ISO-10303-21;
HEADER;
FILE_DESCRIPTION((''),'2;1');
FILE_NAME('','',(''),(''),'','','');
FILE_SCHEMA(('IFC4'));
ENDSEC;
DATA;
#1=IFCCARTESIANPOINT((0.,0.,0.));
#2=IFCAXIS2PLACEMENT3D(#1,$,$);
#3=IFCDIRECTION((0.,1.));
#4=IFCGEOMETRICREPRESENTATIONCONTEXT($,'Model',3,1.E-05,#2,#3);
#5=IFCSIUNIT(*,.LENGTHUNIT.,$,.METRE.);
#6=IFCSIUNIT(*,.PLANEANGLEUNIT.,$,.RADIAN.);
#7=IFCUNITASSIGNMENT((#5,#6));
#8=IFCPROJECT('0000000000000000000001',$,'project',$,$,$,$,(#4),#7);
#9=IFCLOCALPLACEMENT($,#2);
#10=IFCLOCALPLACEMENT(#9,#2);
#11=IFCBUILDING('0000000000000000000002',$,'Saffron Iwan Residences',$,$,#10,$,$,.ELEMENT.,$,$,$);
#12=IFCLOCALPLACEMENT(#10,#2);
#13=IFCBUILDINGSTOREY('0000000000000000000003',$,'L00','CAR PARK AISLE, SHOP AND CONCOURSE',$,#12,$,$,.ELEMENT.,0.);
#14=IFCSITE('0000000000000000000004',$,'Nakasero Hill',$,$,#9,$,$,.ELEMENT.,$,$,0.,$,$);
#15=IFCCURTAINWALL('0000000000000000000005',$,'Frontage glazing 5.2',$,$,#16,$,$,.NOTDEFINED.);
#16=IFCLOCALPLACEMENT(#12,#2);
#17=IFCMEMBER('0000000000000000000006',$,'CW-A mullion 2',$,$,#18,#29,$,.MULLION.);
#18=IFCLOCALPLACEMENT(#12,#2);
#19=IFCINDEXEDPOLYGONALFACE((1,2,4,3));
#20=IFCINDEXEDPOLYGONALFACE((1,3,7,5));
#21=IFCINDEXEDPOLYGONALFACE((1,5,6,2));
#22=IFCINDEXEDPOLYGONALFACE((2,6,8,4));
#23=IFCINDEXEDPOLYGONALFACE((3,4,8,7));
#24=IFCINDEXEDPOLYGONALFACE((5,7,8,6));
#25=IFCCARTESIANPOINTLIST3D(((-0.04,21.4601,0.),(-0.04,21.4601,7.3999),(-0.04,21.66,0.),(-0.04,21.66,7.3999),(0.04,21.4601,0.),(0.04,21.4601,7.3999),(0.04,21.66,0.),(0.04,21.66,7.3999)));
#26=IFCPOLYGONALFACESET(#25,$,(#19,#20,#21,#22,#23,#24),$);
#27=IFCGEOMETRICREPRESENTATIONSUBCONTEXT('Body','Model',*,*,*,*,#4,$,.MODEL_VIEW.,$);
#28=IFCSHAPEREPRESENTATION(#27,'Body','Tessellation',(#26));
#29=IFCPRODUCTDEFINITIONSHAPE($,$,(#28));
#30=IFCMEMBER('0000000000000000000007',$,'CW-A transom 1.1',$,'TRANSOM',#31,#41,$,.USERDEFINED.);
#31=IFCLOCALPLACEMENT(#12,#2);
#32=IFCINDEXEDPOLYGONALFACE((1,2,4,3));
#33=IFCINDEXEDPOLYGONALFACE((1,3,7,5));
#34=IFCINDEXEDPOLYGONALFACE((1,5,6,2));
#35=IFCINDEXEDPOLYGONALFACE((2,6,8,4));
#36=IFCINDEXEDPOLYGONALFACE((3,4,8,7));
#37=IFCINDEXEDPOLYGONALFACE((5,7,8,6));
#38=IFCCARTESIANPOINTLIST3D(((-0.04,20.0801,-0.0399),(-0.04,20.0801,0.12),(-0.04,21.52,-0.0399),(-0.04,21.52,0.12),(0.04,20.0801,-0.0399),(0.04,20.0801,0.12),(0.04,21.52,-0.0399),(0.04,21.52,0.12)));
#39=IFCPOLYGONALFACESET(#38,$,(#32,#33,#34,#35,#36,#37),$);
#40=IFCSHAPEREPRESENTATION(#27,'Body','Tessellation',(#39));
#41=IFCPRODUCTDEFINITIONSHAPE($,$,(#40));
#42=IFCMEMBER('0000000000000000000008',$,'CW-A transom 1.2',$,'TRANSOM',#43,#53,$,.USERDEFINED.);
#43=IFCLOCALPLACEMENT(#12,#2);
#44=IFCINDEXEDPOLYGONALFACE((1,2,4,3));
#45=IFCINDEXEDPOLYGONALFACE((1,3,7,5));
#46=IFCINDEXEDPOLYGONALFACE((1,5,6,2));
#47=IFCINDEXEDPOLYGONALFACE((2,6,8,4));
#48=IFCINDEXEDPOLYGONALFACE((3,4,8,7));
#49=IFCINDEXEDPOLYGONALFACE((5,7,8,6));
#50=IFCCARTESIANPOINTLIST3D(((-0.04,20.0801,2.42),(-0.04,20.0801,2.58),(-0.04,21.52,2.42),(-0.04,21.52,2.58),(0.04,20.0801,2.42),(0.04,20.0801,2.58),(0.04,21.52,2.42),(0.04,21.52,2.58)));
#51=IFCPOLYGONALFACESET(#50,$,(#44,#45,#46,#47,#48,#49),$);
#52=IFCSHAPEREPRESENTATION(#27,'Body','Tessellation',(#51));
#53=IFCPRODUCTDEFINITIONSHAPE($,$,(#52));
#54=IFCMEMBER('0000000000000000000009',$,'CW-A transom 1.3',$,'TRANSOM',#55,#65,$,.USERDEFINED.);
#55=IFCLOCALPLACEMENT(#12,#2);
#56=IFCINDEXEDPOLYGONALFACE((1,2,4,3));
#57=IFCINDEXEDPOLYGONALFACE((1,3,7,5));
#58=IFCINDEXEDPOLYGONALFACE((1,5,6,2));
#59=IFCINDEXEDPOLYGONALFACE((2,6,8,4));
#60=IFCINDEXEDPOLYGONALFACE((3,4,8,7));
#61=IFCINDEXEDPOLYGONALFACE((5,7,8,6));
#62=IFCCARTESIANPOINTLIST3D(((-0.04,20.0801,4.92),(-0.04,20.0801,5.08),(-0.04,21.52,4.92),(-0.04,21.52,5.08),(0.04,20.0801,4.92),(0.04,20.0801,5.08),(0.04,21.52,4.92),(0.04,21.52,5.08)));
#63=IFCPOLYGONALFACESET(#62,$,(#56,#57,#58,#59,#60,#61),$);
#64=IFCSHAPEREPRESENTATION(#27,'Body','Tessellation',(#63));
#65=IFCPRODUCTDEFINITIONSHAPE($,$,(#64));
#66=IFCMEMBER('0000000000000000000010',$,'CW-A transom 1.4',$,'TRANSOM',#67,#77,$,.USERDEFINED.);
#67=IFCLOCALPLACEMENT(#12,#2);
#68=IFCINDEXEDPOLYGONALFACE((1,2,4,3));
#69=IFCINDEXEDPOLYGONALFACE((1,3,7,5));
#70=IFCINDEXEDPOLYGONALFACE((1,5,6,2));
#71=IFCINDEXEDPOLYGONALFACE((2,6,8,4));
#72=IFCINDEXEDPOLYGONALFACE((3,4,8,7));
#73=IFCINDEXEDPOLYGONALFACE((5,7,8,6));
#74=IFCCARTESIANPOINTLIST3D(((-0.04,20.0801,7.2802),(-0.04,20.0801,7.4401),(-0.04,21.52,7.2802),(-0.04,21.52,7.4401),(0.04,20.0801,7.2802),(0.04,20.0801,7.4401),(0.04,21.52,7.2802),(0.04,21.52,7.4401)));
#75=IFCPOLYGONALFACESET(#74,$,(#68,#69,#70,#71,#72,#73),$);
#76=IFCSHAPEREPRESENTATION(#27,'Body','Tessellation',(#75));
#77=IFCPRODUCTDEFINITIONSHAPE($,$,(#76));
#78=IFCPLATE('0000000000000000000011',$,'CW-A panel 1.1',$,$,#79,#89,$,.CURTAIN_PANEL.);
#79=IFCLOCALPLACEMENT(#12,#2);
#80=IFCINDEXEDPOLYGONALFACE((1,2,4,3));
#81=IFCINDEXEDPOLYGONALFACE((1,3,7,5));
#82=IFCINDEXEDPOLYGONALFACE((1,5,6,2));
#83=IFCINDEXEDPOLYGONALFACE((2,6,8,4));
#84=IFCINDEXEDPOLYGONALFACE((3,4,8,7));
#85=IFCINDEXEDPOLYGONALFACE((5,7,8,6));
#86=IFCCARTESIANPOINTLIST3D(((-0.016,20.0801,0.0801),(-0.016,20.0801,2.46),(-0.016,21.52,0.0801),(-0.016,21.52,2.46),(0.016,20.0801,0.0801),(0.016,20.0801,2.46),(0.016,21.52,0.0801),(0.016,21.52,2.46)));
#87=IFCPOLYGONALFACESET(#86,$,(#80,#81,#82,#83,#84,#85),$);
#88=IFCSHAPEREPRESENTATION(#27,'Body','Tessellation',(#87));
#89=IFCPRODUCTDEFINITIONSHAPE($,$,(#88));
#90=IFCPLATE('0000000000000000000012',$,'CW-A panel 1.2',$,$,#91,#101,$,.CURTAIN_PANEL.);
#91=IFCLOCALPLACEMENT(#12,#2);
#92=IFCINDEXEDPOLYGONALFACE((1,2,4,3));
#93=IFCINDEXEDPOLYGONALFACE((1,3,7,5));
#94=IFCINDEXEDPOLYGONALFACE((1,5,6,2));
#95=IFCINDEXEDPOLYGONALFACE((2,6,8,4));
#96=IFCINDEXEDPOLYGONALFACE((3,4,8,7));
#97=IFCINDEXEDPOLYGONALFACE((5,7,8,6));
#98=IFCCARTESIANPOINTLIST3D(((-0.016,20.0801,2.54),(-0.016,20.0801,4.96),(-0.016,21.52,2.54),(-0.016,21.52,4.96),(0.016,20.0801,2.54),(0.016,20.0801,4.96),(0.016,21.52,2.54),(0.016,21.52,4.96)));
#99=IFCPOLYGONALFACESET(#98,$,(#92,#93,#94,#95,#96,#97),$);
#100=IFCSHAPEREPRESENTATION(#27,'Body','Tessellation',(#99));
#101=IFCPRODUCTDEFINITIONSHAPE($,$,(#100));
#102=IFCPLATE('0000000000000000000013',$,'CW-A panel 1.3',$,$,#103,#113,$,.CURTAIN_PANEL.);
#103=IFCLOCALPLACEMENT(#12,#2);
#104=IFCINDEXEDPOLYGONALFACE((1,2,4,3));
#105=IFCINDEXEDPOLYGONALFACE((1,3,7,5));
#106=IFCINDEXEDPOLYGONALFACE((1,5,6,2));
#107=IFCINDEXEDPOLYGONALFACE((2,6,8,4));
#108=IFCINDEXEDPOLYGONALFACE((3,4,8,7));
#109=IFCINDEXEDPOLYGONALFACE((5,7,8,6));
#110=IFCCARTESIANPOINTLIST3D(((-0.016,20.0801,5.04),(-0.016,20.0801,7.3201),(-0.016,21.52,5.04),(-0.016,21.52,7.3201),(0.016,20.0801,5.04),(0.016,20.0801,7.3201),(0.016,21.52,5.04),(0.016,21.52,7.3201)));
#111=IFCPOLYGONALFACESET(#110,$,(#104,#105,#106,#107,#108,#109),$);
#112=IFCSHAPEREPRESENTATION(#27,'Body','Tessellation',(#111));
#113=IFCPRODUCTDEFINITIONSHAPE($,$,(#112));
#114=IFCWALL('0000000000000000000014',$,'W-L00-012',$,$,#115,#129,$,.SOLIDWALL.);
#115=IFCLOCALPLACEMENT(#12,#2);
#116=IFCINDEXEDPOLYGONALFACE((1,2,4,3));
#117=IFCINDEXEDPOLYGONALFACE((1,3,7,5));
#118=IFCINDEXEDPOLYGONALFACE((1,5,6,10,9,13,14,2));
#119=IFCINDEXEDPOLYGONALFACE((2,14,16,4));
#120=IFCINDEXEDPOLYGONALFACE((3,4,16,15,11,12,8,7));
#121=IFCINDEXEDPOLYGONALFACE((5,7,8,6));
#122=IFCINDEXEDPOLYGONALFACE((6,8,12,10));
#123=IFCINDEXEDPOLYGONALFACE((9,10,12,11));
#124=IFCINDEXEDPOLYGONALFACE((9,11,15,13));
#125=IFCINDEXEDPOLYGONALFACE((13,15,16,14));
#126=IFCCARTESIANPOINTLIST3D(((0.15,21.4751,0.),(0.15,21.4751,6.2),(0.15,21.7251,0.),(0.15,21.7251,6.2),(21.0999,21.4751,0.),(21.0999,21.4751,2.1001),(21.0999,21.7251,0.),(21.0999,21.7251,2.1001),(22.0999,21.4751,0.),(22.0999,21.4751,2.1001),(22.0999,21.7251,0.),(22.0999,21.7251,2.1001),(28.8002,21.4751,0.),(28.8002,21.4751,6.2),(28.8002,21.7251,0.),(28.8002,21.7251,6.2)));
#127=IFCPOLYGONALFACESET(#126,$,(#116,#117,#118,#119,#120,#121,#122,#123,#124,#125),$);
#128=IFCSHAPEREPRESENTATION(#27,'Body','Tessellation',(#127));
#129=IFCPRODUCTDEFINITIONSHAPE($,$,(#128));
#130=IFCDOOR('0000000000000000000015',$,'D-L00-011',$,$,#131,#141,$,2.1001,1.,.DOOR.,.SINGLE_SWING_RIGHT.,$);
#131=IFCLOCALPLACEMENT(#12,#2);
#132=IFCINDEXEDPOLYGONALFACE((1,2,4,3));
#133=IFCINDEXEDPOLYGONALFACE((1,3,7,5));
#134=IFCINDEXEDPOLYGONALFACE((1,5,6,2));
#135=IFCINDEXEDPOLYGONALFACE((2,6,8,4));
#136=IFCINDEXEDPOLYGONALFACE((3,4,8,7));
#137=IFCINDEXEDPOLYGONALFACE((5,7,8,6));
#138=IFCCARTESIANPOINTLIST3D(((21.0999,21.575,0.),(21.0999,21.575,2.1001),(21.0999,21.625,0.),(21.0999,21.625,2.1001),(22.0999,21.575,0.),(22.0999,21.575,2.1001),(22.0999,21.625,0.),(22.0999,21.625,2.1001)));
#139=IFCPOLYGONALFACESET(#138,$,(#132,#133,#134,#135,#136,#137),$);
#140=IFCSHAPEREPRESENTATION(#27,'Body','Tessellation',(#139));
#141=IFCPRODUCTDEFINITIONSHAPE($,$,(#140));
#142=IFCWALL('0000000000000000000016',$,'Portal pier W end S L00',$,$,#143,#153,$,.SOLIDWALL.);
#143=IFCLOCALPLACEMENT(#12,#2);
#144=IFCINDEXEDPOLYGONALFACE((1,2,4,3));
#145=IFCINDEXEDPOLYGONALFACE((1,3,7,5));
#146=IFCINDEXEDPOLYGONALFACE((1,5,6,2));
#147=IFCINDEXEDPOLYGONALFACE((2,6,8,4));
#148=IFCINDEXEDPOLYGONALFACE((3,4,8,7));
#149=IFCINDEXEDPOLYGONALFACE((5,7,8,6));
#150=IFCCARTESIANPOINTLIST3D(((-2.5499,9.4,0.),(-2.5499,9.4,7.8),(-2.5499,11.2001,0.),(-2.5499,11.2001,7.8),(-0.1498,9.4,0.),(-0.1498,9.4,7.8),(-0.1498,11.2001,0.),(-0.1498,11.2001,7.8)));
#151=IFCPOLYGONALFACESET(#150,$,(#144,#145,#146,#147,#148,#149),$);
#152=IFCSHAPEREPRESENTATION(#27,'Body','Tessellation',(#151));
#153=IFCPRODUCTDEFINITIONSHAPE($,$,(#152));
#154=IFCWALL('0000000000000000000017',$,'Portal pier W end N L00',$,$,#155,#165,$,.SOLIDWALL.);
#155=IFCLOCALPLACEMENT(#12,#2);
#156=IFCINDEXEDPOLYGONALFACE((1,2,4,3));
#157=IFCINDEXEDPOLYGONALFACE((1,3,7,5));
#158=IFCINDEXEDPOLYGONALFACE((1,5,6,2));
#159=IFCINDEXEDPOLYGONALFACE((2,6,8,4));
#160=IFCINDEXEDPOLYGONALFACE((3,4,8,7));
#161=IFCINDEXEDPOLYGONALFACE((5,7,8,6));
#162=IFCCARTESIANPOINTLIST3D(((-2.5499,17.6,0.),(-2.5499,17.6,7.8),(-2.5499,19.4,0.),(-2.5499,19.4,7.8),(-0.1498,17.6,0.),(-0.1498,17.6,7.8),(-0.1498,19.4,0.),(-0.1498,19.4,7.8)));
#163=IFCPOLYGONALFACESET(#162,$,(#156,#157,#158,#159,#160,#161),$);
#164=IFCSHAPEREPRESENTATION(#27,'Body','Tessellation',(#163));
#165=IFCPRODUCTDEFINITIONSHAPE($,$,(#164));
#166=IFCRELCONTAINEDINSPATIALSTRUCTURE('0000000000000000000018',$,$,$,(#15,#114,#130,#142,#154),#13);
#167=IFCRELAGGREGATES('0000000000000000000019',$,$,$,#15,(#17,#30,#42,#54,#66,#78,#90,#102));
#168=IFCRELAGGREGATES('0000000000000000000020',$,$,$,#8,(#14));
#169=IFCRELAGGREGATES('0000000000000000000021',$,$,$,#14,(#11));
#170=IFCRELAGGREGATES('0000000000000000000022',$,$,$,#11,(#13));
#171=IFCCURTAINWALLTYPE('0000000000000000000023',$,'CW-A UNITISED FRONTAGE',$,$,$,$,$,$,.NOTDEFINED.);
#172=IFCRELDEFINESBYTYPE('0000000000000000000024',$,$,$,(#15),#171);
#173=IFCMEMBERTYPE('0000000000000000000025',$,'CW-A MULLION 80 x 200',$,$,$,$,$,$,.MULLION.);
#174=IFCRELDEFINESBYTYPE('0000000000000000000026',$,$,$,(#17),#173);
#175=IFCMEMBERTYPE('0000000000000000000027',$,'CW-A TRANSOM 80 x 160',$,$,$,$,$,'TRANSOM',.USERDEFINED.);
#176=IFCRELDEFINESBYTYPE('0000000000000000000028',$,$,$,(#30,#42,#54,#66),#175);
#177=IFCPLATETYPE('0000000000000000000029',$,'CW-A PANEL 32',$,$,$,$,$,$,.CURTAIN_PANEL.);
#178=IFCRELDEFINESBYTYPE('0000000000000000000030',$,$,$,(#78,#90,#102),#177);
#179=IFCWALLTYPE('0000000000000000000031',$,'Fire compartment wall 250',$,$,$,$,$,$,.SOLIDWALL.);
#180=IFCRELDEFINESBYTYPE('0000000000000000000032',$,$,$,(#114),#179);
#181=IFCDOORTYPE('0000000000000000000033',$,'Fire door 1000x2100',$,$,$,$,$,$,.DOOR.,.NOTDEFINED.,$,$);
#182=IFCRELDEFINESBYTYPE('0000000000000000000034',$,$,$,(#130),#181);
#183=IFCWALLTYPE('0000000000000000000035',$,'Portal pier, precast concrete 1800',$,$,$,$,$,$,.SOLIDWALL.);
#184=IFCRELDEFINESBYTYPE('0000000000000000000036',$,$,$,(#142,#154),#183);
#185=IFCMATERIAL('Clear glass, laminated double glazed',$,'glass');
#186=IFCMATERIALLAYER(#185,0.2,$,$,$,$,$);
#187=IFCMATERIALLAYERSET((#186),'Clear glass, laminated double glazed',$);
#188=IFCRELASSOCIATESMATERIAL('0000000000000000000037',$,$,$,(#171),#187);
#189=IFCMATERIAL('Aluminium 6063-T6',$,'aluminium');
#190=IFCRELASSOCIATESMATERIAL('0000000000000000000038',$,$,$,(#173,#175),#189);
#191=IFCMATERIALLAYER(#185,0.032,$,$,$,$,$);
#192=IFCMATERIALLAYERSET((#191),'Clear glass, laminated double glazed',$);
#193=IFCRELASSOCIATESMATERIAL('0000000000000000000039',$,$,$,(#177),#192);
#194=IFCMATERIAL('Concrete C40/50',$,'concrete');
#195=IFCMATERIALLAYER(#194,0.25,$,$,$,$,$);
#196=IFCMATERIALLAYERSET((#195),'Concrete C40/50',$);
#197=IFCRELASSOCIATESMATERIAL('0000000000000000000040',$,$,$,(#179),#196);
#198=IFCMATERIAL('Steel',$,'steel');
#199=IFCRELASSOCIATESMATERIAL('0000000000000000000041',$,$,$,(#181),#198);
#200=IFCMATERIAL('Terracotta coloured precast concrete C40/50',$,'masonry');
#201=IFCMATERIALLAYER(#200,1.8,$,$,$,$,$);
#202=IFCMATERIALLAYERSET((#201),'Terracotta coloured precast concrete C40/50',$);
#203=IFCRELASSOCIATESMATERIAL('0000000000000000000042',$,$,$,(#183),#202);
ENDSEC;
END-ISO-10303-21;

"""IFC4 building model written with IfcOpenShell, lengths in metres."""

from ifc_helpers import new_model, si_unit, direction, frame, frame_2d, origin, origin_2d, place, context, subcontext, project, spatial, rectangle, extrude, source, transform, mapped, material, layer, layer_set, material_profile, profile_set, type_object, element, fill, aggregate, save


model = new_model("IFC4")

# Units and contexts
model_context = context("Model", 3, precision=1e-05, world=origin(), true_north=direction((0.0, 1.0)))
body_context = subcontext(model_context, "Body", "Model", "MODEL_VIEW")
ifc_project = project(units=[si_unit("LENGTHUNIT", "METRE"), si_unit("PLANEANGLEUNIT", "RADIAN")], contexts=[model_context])

# Site, building, storey
site_placement = place(None, origin())
site = spatial("IfcSite", under=ifc_project, at=site_placement, Name="Nakasero Hill", CompositionType="ELEMENT", RefElevation=0.0)
building_placement = place(site_placement, origin())
building = spatial("IfcBuilding", under=site, at=building_placement, Name="Saffron Iwan Residences", CompositionType="ELEMENT")
storey_placement = place(building_placement, origin())
storey = spatial("IfcBuildingStorey", under=building, at=storey_placement, Name="L00", Description="CAR PARK AISLE, SHOP AND CONCOURSE", CompositionType="ELEMENT", Elevation=0.0)

# Curtain wall, members, plates
ifc_material_1 = material(Name="Clear glass, laminated double glazed", Category="glass")
ifc_layer_1 = layer(ifc_material_1, 0.2)
ifc_layer_set_1 = layer_set([ifc_layer_1], Name="Clear glass, laminated double glazed")
curtain_wall_type = type_object("IfcCurtainWallType", Name="CW-A UNITISED FRONTAGE", PredefinedType="NOTDEFINED", material=ifc_layer_set_1)
curtain_wall_placement = place(storey_placement, origin())
curtain_wall = element("IfcCurtainWall", 1, at=curtain_wall_placement, inside=storey, type_object=curtain_wall_type, Name="Frontage glazing 5.2", PredefinedType="NOTDEFINED")
ifc_material_2 = material(Name="Aluminium 6063-T6", Category="aluminium")
ifc_material_profile_1 = material_profile(ifc_material_2, rectangle(XDim=0.0801, YDim=0.2, at=origin_2d()), Name="CW-A MULLION 80 x 200")
ifc_profile_set_1 = profile_set([ifc_material_profile_1], Name="Aluminium 6063-T6")
member_type_1 = type_object("IfcMemberType", Name="CW-A MULLION 80 x 200", PredefinedType="MULLION", material=ifc_profile_set_1)
shared_shape_1 = source(origin(), body_context, "Body", "SweptSolid", [
    extrude(rectangle(XDim=0.0801, YDim=0.2, at=origin_2d()), origin(), (0.0, 0.0, 1.0), 7.3999),
])
member_1_placement = place(storey_placement, frame((0.0, 21.5601, 0.0), z_axis=(0.0, 0.0, 1.0), x_axis=(-1.0, 0.0, 0.0)))
member_1 = element("IfcMember", 2, at=member_1_placement, type_object=member_type_1, Name="CW-A mullion 2", PredefinedType="MULLION", context=body_context, shape_type="MappedRepresentation", body=[
    mapped(shared_shape_1, transform((0.0, 0.0, 0.0))),
])
ifc_material_profile_2 = material_profile(ifc_material_2, rectangle(XDim=0.0801, YDim=0.1599, at=origin_2d()), Name="CW-A TRANSOM 80 x 160")
ifc_profile_set_2 = profile_set([ifc_material_profile_2], Name="Aluminium 6063-T6")
member_type_2 = type_object("IfcMemberType", Name="CW-A TRANSOM 80 x 160", ElementType="TRANSOM", PredefinedType="USERDEFINED", material=ifc_profile_set_2)
shared_shape_2 = source(origin(), body_context, "Body", "SweptSolid", [
    extrude(rectangle(XDim=0.0801, YDim=0.1599, at=origin_2d()), origin(), (0.0, 0.0, 1.0), 1.4399),
])
member_2_placement = place(storey_placement, frame((0.0, 20.0801, 0.04), z_axis=(0.0, 1.0, 0.0), x_axis=(-1.0, 0.0, 0.0)))
member_2 = element("IfcMember", 3, at=member_2_placement, type_object=member_type_2, Name="CW-A transom 1.1", ObjectType="TRANSOM", PredefinedType="USERDEFINED", context=body_context, shape_type="MappedRepresentation", body=[
    mapped(shared_shape_2, transform((0.0, 0.0, 0.0))),
])
member_3_placement = place(storey_placement, frame((0.0, 20.0801, 2.5), z_axis=(0.0, 1.0, 0.0), x_axis=(-1.0, 0.0, 0.0)))
member_3 = element("IfcMember", 4, at=member_3_placement, type_object=member_type_2, Name="CW-A transom 1.2", ObjectType="TRANSOM", PredefinedType="USERDEFINED", context=body_context, shape_type="MappedRepresentation", body=[
    mapped(shared_shape_2, transform((0.0, 0.0, 0.0))),
])
member_4_placement = place(storey_placement, frame((0.0, 20.0801, 5.0), z_axis=(0.0, 1.0, 0.0), x_axis=(-1.0, 0.0, 0.0)))
member_4 = element("IfcMember", 5, at=member_4_placement, type_object=member_type_2, Name="CW-A transom 1.3", ObjectType="TRANSOM", PredefinedType="USERDEFINED", context=body_context, shape_type="MappedRepresentation", body=[
    mapped(shared_shape_2, transform((0.0, 0.0, 0.0))),
])
member_5_placement = place(storey_placement, frame((0.0, 20.0801, 7.3601), z_axis=(0.0, 1.0, 0.0), x_axis=(-1.0, 0.0, 0.0)))
member_5 = element("IfcMember", 6, at=member_5_placement, type_object=member_type_2, Name="CW-A transom 1.4", ObjectType="TRANSOM", PredefinedType="USERDEFINED", context=body_context, shape_type="MappedRepresentation", body=[
    mapped(shared_shape_2, transform((0.0, 0.0, 0.0))),
])
ifc_layer_2 = layer(ifc_material_1, 0.032)
ifc_layer_set_2 = layer_set([ifc_layer_2], Name="Clear glass, laminated double glazed")
plate_type = type_object("IfcPlateType", Name="CW-A PANEL 32", PredefinedType="CURTAIN_PANEL", material=ifc_layer_set_2)
shared_shape_3 = source(origin(), body_context, "Body", "SweptSolid", [
    extrude(rectangle(XDim=1.4399, YDim=0.032, at=origin_2d()), origin(), (0.0, 0.0, 1.0), 2.3799),
])
plate_1_placement = place(storey_placement, frame((0.0, 20.8, 0.0801), z_axis=(0.0, 0.0, 1.0), x_axis=(0.0, 1.0, 0.0)))
plate_1 = element("IfcPlate", 7, at=plate_1_placement, type_object=plate_type, Name="CW-A panel 1.1", PredefinedType="CURTAIN_PANEL", context=body_context, shape_type="MappedRepresentation", body=[
    mapped(shared_shape_3, transform((0.0, 0.0, 0.0))),
])
shared_shape_4 = source(origin(), body_context, "Body", "SweptSolid", [
    extrude(rectangle(XDim=1.4399, YDim=0.032, at=origin_2d()), origin(), (0.0, 0.0, 1.0), 2.4199),
])
plate_2_placement = place(storey_placement, frame((0.0, 20.8, 2.54), z_axis=(0.0, 0.0, 1.0), x_axis=(0.0, 1.0, 0.0)))
plate_2 = element("IfcPlate", 8, at=plate_2_placement, type_object=plate_type, Name="CW-A panel 1.2", PredefinedType="CURTAIN_PANEL", context=body_context, shape_type="MappedRepresentation", body=[
    mapped(shared_shape_4, transform((0.0, 0.0, 0.0))),
])
shared_shape_5 = source(origin(), body_context, "Body", "SweptSolid", [
    extrude(rectangle(XDim=1.4399, YDim=0.032, at=origin_2d()), origin(), (0.0, 0.0, 1.0), 2.28),
])
plate_3_placement = place(storey_placement, frame((0.0, 20.8, 5.04), z_axis=(0.0, 0.0, 1.0), x_axis=(0.0, 1.0, 0.0)))
plate_3 = element("IfcPlate", 9, at=plate_3_placement, type_object=plate_type, Name="CW-A panel 1.3", PredefinedType="CURTAIN_PANEL", context=body_context, shape_type="MappedRepresentation", body=[
    mapped(shared_shape_5, transform((0.0, 0.0, 0.0))),
])
aggregate(curtain_wall, [member_1, member_2, member_3, member_4, member_5, plate_1, plate_2, plate_3])

# Wall, opening, door
ifc_material_3 = material(Name="Concrete C40/50", Category="concrete")
ifc_layer_3 = layer(ifc_material_3, 0.25)
ifc_layer_set_3 = layer_set([ifc_layer_3], Name="Concrete C40/50")
wall_type_1 = type_object("IfcWallType", Name="Fire compartment wall 250", PredefinedType="SOLIDWALL", material=ifc_layer_set_3)
wall_placement = place(storey_placement, frame((0.1499, 21.6001, 0.0), z_axis=(0.0, 0.0, 1.0), x_axis=(1.0, 0.0, 0.0)))
wall = element("IfcWall", 10, at=wall_placement, inside=storey, type_object=wall_type_1, Name="W-L00-012", PredefinedType="SOLIDWALL", context=body_context, shape_type="SweptSolid", body=[
    extrude(rectangle(XDim=28.6501, YDim=0.25, at=frame_2d((14.3252, 0.0))), origin(), (0.0, 0.0, 1.0), 6.2),
])
opening_placement = place(wall_placement, frame((20.95, 0.0, 0.0)))
opening = element("IfcOpeningElement", 11, at=opening_placement, cuts=wall, PredefinedType="OPENING", context=body_context, shape_type="SweptSolid", body=[
    extrude(rectangle(XDim=1.0, YDim=2.1001, at=frame_2d((0.5, 1.05))), frame((0.0, 0.135, 0.0), z_axis=(0.0, -1.0, 0.0), x_axis=(1.0, 0.0, 0.0)), (0.0, 0.0, 1.0), 0.27),
])
ifc_material_4 = material(Name="Steel", Category="steel")
door_type = type_object("IfcDoorType", Name="Fire door 1000x2100", OperationType="NOTDEFINED", PredefinedType="DOOR", material=ifc_material_4)
door_placement = place(opening_placement, origin())
door = element("IfcDoor", 12, at=door_placement, inside=storey, type_object=door_type, Name="D-L00-011", OperationType="SINGLE_SWING_RIGHT", OverallHeight=2.1001, OverallWidth=1.0, PredefinedType="DOOR", context=body_context, shape_type="SweptSolid", body=[
    extrude(rectangle(XDim=1.0, YDim=2.1001, at=frame_2d((0.5, 1.05))), frame((0.0, 0.0249, 0.0), z_axis=(0.0, -1.0, 0.0), x_axis=(1.0, 0.0, 0.0)), (0.0, 0.0, 1.0), 0.05),
])
fill(opening, door)

# Walls
ifc_material_5 = material(Name="Terracotta coloured precast concrete C40/50", Category="masonry")
ifc_layer_4 = layer(ifc_material_5, 1.8)
ifc_layer_set_4 = layer_set([ifc_layer_4], Name="Terracotta coloured precast concrete C40/50")
wall_type_2 = type_object("IfcWallType", Name="Portal pier, precast concrete 1800", PredefinedType="SOLIDWALL", material=ifc_layer_set_4)
for number, where, z_axis, x_axis, name in (
    (13, (-2.55, 10.3, 0.0), (0.0, 0.0, 1.0), (1.0, 0.0, 0.0), "Portal pier W end S L00"),
    (14, (-2.55, 18.5, 0.0), (0.0, 0.0, 1.0), (1.0, 0.0, 0.0), "Portal pier W end N L00"),
):
    element("IfcWall", number, at=place(storey_placement, frame(where, z_axis=z_axis, x_axis=x_axis)), inside=storey, type_object=wall_type_2, Name=name, PredefinedType="SOLIDWALL", context=body_context, shape_type="SweptSolid", body=[
        extrude(rectangle(XDim=2.4001, YDim=1.8, at=frame_2d((1.2002, 0.0))), origin(), (0.0, 0.0, 1.0), 7.8),
    ])

save(model, "model.ifc")
